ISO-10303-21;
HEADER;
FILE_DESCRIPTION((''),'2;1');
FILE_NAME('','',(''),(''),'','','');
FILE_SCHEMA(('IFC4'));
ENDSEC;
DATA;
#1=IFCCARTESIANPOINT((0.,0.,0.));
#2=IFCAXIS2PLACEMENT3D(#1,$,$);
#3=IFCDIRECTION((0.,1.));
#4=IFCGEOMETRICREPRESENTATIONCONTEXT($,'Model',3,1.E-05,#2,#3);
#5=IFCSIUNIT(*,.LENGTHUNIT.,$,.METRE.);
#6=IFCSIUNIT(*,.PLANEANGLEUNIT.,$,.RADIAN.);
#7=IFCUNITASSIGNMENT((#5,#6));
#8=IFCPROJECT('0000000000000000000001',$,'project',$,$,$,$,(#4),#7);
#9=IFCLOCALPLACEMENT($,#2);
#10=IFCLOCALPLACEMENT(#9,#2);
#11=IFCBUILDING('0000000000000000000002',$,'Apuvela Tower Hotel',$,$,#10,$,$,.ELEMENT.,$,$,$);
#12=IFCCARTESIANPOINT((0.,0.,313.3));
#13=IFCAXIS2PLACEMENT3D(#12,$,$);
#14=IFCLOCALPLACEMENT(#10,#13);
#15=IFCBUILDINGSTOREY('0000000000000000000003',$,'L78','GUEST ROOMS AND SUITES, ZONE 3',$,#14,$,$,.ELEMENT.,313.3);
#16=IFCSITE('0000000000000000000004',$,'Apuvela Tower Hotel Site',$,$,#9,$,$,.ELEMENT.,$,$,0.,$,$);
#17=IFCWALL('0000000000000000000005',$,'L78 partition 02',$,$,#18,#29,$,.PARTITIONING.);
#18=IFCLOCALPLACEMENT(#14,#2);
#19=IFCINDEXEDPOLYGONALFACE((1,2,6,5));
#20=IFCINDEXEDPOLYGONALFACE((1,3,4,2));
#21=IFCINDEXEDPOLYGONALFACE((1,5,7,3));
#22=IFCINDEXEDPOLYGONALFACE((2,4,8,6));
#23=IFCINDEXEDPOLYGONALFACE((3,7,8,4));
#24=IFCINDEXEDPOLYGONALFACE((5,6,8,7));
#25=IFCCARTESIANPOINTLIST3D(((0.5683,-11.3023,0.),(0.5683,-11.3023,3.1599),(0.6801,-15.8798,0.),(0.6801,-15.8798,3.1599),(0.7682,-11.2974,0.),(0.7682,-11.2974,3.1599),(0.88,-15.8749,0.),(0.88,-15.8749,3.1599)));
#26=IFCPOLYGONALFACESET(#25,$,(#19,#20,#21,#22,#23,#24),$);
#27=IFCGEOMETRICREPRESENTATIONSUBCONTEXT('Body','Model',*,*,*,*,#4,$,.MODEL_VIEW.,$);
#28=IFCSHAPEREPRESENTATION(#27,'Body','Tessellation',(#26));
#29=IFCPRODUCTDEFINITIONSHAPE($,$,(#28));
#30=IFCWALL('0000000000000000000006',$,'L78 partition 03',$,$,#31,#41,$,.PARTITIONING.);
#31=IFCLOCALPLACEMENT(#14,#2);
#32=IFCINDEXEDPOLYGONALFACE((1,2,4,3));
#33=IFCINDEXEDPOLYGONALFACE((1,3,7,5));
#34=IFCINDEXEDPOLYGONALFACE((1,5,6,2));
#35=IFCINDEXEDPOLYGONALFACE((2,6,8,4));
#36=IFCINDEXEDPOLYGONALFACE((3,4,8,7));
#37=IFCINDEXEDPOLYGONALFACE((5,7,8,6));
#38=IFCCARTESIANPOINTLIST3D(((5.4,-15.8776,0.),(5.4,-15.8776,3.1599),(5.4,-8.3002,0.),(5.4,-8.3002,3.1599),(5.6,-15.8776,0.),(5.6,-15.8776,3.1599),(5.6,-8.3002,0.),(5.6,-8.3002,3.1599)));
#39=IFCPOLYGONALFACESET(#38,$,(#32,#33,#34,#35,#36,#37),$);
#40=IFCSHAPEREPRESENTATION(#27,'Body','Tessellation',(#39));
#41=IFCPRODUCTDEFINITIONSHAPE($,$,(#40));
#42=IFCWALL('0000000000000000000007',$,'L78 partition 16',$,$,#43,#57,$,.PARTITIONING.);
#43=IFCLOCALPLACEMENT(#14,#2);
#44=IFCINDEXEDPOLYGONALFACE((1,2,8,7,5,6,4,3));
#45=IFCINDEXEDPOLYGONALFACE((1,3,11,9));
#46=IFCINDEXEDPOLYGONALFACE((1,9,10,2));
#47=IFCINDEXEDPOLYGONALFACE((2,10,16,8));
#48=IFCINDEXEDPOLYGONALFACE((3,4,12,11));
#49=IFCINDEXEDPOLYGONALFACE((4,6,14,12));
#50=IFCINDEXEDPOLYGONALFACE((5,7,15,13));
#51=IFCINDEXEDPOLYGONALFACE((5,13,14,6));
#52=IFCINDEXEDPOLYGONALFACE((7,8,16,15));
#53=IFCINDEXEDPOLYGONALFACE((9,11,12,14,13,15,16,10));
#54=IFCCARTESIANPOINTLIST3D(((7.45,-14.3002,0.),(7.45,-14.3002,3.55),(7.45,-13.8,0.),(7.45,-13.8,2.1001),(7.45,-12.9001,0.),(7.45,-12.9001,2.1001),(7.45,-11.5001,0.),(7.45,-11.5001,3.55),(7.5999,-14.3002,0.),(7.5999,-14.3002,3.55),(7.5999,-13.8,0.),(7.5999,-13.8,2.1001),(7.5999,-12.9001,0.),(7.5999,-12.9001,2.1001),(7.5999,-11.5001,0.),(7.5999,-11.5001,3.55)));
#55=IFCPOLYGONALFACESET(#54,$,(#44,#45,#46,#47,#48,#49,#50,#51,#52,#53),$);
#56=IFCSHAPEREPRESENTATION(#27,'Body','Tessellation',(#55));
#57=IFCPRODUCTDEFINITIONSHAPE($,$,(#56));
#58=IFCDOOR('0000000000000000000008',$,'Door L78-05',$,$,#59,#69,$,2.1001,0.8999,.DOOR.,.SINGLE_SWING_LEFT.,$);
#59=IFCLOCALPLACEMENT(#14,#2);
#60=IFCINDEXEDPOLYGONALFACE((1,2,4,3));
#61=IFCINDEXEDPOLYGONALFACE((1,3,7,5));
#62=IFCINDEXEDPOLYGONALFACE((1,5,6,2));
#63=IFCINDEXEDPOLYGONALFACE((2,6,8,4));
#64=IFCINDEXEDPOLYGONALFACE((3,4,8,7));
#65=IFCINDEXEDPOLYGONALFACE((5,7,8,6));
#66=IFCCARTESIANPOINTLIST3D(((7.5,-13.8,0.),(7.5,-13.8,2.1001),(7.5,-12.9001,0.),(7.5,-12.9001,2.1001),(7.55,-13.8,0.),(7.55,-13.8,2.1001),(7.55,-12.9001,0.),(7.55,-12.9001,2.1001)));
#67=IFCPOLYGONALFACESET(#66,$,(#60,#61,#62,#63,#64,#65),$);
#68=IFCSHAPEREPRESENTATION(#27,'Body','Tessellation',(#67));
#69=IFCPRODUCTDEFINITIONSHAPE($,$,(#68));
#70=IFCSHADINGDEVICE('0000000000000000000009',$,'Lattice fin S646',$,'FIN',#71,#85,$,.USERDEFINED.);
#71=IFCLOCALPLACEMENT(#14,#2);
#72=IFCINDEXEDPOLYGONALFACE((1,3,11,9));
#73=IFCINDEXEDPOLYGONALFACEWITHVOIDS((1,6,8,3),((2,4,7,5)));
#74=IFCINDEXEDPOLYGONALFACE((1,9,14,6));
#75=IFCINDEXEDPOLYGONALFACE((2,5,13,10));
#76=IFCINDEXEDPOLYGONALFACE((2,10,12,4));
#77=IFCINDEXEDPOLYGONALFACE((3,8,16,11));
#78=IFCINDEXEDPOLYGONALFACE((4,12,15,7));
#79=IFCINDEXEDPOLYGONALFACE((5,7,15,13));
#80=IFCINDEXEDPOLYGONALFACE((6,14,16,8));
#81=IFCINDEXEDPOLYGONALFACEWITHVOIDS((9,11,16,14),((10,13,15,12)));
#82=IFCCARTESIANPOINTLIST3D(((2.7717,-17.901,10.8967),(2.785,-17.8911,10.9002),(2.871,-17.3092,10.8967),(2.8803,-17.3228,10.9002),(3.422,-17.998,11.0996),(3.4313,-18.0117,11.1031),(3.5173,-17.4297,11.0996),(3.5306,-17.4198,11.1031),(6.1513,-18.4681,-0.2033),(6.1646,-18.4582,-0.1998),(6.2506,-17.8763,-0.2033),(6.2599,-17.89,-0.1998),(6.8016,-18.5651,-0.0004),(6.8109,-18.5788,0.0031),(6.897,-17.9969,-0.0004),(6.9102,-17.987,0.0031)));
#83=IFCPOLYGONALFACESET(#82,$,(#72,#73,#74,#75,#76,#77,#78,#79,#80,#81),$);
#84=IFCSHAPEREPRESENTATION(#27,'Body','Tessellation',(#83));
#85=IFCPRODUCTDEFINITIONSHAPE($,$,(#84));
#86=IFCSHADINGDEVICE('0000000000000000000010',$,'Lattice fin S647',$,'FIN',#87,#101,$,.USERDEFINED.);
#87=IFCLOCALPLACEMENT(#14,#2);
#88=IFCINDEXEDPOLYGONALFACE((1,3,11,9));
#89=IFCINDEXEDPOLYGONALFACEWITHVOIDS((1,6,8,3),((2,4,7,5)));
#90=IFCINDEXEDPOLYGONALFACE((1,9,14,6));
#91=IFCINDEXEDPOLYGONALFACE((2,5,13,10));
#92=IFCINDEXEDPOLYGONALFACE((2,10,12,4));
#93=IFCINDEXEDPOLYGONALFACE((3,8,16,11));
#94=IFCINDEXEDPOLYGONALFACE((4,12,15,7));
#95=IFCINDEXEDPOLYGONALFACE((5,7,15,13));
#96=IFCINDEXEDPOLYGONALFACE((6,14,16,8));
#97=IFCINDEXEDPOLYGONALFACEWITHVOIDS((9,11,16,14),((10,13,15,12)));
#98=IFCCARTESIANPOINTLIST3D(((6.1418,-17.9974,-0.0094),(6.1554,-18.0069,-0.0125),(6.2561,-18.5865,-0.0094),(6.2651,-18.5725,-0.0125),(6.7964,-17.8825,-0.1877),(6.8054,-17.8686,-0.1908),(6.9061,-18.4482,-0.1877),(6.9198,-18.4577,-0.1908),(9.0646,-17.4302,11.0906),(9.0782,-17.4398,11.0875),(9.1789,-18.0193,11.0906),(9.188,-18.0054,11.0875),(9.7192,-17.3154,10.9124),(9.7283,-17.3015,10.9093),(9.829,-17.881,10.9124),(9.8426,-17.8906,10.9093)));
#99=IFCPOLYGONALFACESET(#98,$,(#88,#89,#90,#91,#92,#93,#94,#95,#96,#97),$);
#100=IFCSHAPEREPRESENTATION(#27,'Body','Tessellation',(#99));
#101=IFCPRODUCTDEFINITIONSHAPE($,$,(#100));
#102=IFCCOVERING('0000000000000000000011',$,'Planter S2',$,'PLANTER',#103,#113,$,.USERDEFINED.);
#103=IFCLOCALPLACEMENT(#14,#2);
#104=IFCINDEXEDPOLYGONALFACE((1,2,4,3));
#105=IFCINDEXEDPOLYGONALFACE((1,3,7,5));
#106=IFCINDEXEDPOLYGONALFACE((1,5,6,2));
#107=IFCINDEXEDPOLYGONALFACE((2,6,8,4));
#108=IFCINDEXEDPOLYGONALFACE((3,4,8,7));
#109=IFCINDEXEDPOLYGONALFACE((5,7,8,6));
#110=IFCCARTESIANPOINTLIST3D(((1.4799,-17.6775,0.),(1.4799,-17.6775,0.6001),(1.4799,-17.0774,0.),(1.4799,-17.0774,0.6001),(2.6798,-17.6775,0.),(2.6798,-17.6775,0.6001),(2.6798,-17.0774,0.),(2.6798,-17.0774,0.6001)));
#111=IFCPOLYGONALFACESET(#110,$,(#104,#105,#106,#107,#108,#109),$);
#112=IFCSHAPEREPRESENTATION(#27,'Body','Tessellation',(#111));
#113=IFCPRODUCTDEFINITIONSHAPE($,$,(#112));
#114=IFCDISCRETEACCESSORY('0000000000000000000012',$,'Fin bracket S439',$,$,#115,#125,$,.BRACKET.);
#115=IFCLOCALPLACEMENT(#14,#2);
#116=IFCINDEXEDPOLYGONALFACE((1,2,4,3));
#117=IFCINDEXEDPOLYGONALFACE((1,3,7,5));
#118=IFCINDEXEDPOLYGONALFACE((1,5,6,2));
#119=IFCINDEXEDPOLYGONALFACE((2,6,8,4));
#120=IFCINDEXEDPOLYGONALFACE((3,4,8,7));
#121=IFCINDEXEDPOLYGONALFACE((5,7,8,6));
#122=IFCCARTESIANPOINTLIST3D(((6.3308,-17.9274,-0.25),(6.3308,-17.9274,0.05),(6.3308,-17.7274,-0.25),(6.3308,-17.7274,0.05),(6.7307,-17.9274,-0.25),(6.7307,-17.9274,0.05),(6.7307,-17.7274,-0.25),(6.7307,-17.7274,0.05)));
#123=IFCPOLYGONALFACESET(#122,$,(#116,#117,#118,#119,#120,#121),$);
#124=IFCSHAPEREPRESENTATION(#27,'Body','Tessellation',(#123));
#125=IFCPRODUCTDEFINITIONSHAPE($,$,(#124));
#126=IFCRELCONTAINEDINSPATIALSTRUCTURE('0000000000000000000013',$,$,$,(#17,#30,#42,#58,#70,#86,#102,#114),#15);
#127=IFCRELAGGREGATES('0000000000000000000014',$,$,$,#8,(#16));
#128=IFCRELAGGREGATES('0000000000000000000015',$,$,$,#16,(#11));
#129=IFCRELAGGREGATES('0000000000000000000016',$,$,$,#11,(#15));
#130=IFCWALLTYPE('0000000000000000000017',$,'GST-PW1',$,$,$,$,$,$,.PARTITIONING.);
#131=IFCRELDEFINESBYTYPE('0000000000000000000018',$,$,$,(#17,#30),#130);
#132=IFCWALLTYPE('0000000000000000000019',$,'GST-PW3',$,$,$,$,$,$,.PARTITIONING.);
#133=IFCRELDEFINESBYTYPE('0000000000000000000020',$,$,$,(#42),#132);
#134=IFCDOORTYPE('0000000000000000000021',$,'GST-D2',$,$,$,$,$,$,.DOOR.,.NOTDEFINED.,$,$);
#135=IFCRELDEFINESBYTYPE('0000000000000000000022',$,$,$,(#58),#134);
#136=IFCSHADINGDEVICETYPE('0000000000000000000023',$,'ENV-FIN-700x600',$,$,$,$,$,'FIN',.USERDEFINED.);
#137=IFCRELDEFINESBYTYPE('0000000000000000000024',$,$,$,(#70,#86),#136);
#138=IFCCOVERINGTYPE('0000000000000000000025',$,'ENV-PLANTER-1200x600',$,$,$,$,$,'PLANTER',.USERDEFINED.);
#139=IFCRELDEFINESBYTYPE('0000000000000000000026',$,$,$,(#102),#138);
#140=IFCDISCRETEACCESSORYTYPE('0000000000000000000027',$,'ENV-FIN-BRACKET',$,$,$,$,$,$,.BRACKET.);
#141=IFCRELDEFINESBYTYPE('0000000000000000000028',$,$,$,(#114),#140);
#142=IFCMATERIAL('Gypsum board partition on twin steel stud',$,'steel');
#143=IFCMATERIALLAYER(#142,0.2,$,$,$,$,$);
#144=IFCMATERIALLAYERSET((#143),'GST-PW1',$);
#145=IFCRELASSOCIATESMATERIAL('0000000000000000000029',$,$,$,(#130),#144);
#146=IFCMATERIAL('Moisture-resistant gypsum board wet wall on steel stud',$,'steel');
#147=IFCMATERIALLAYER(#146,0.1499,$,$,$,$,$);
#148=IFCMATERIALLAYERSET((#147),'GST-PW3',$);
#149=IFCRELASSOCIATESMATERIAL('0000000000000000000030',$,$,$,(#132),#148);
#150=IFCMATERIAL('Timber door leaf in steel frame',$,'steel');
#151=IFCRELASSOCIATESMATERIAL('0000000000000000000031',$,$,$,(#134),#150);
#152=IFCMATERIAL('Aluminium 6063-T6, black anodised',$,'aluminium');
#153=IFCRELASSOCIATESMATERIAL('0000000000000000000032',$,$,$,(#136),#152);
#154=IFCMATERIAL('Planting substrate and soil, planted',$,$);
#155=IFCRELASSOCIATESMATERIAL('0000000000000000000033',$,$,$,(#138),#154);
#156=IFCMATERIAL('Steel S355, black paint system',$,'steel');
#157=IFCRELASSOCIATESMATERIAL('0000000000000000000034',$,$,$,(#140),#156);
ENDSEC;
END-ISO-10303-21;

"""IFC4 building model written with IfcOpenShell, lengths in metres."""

from ifc_helpers import new_model, si_unit, direction, frame, frame_2d, origin, origin_2d, place, context, subcontext, project, spatial, rectangle, hollow_rectangle, extrude, material, layer, layer_set, material_profile, profile_set, type_object, element, fill, save


model = new_model("IFC4")

# Units and contexts
model_context = context("Model", 3, precision=1e-05, world=origin(), true_north=direction((0.0, 1.0)))
body_context = subcontext(model_context, "Body", "Model", "MODEL_VIEW")
ifc_project = project(units=[si_unit("LENGTHUNIT", "METRE"), si_unit("PLANEANGLEUNIT", "RADIAN")], contexts=[model_context])

# Site, building, storey
site_placement = place(None, origin())
site = spatial("IfcSite", under=ifc_project, at=site_placement, Name="Apuvela Tower Hotel Site", CompositionType="ELEMENT", RefElevation=0.0)
building_placement = place(site_placement, origin())
building = spatial("IfcBuilding", under=site, at=building_placement, Name="Apuvela Tower Hotel", CompositionType="ELEMENT")
storey_placement = place(building_placement, frame((0.0, 0.0, 313.3)))
storey = spatial("IfcBuildingStorey", under=building, at=storey_placement, Name="L78", Description="GUEST ROOMS AND SUITES, ZONE 3", CompositionType="ELEMENT", Elevation=313.3)

# Walls
ifc_material_1 = material(Name="Gypsum board partition on twin steel stud", Category="steel")
ifc_layer_1 = layer(ifc_material_1, 0.2)
ifc_layer_set_1 = layer_set([ifc_layer_1], Name="GST-PW1")
wall_type_1 = type_object("IfcWallType", Name="GST-PW1", PredefinedType="PARTITIONING", material=ifc_layer_set_1)
wall_1_placement = place(storey_placement, frame((0.78, -15.8774, 0.0), z_axis=(0.0, 0.0, 1.0), x_axis=(-0.024421, 0.999702, 0.0)))
element("IfcWall", 1, at=wall_1_placement, inside=storey, type_object=wall_type_1, Name="L78 partition 02", PredefinedType="PARTITIONING", context=body_context, shape_type="SweptSolid", body=[
    extrude(rectangle(XDim=4.5789, YDim=0.2, at=frame_2d((2.2896, 0.0))), origin(), (0.0, 0.0, 1.0), 3.1599),
])
wall_2_placement = place(storey_placement, frame((5.5, -15.8774, 0.0), z_axis=(0.0, 0.0, 1.0), x_axis=(0.0, 1.0, 0.0)))
element("IfcWall", 2, at=wall_2_placement, inside=storey, type_object=wall_type_1, Name="L78 partition 03", PredefinedType="PARTITIONING", context=body_context, shape_type="SweptSolid", body=[
    extrude(rectangle(XDim=7.5774, YDim=0.2, at=frame_2d((3.7886, 0.0))), origin(), (0.0, 0.0, 1.0), 3.1599),
])

# Wall, opening, door
ifc_material_2 = material(Name="Moisture-resistant gypsum board wet wall on steel stud", Category="steel")
ifc_layer_2 = layer(ifc_material_2, 0.1499)
ifc_layer_set_2 = layer_set([ifc_layer_2], Name="GST-PW3")
wall_type_2 = type_object("IfcWallType", Name="GST-PW3", PredefinedType="PARTITIONING", material=ifc_layer_set_2)
wall_3_placement = place(storey_placement, frame((7.5249, -14.3, 0.0), z_axis=(0.0, 0.0, 1.0), x_axis=(0.0, 1.0, 0.0)))
wall_3 = element("IfcWall", 3, at=wall_3_placement, inside=storey, type_object=wall_type_2, Name="L78 partition 16", PredefinedType="PARTITIONING", context=body_context, shape_type="SweptSolid", body=[
    extrude(rectangle(XDim=2.8, YDim=0.1499, at=frame_2d((1.3999, 0.0))), origin(), (0.0, 0.0, 1.0), 3.55),
])
opening_1_placement = place(wall_3_placement, frame((0.5, 0.0, 0.0)))
opening_1 = element("IfcOpeningElement", 4, at=opening_1_placement, cuts=wall_3, PredefinedType="OPENING", context=body_context, shape_type="SweptSolid", body=[
    extrude(rectangle(XDim=0.8999, YDim=2.1001, at=frame_2d((0.45, 1.05))), frame((0.0, 0.085, 0.0), z_axis=(0.0, -1.0, 0.0), x_axis=(1.0, 0.0, 0.0)), (0.0, 0.0, 1.0), 0.1699),
])
ifc_material_3 = material(Name="Timber door leaf in steel frame", Category="steel")
door_type_1 = type_object("IfcDoorType", Name="GST-D2", OperationType="NOTDEFINED", PredefinedType="DOOR", material=ifc_material_3)
door_1_placement = place(opening_1_placement, origin())
door_1 = element("IfcDoor", 5, at=door_1_placement, inside=storey, type_object=door_type_1, Name="Door L78-05", OperationType="SINGLE_SWING_LEFT", OverallHeight=2.1001, OverallWidth=0.8999, PredefinedType="DOOR", context=body_context, shape_type="SweptSolid", body=[
    extrude(rectangle(XDim=0.8999, YDim=2.1001, at=frame_2d((0.45, 1.05))), frame((0.0, 0.0249, 0.0), z_axis=(0.0, -1.0, 0.0), x_axis=(1.0, 0.0, 0.0)), (0.0, 0.0, 1.0), 0.05),
])
fill(opening_1, door_1)

# Shading devices
ifc_material_4 = material(Name="Aluminium 6063-T6, black anodised", Category="aluminium")
ifc_material_profile_1 = material_profile(ifc_material_4, hollow_rectangle(XDim=0.6001, YDim=0.7, WallThickness=0.012, at=origin_2d()), Name="AL BOX 700x600x12")
ifc_profile_set_1 = profile_set([ifc_material_profile_1], Name="Aluminium 6063-T6, black anodised")
shading_device_type = type_object("IfcShadingDeviceType", Name="ENV-FIN-700x600", ElementType="FIN", PredefinedType="USERDEFINED", material=ifc_profile_set_1)
shading_device_1_placement = place(storey_placement, frame((6.5308, -18.2275, -0.1001), z_axis=(-0.290921, 0.04882, 0.955501), x_axis=(-0.165496, -0.98621, 0.0)))
element("IfcShadingDevice", 6, at=shading_device_1_placement, inside=storey, type_object=shading_device_type, Name="Lattice fin S646", ObjectType="FIN", PredefinedType="USERDEFINED", context=body_context, shape_type="SweptSolid", body=[
    extrude(hollow_rectangle(XDim=0.6001, YDim=0.7, WallThickness=0.012, at=origin_2d()), origin(), (0.0, 0.0, 1.0), 11.6169),
])
shading_device_2_placement = place(storey_placement, frame((6.5308, -18.2275, -0.1001), z_axis=(0.254328, 0.049349, 0.965858), x_axis=(-0.190483, 0.98169, 0.0)))
element("IfcShadingDevice", 7, at=shading_device_2_placement, inside=storey, type_object=shading_device_type, Name="Lattice fin S647", ObjectType="FIN", PredefinedType="USERDEFINED", context=body_context, shape_type="SweptSolid", body=[
    extrude(hollow_rectangle(XDim=0.6001, YDim=0.7, WallThickness=0.012, at=origin_2d()), origin(), (0.0, 0.0, 1.0), 11.4924),
])

# Covering
ifc_material_5 = material(Name="Planting substrate and soil, planted")
covering_type = type_object("IfcCoveringType", Name="ENV-PLANTER-1200x600", ElementType="PLANTER", PredefinedType="USERDEFINED", material=ifc_material_5)
covering_placement = place(storey_placement, frame((2.0798, -17.3774, 0.0), z_axis=(0.0, 0.0, 1.0), x_axis=(1.0, 0.0, 0.0)))
element("IfcCovering", 8, at=covering_placement, inside=storey, type_object=covering_type, Name="Planter S2", ObjectType="PLANTER", PredefinedType="USERDEFINED", context=body_context, shape_type="SweptSolid", body=[
    extrude(rectangle(XDim=1.2, YDim=0.6001, at=origin_2d()), origin(), (0.0, 0.0, 1.0), 0.6001),
])

# Discrete accessory
ifc_material_6 = material(Name="Steel S355, black paint system", Category="steel")
discrete_accessory_type = type_object("IfcDiscreteAccessoryType", Name="ENV-FIN-BRACKET", PredefinedType="BRACKET", material=ifc_material_6)
discrete_accessory_placement = place(storey_placement, frame((6.5308, -17.8274, -0.25), z_axis=(0.0, 0.0, 1.0), x_axis=(1.0, 0.0, 0.0)))
element("IfcDiscreteAccessory", 9, at=discrete_accessory_placement, inside=storey, type_object=discrete_accessory_type, Name="Fin bracket S439", PredefinedType="BRACKET", context=body_context, shape_type="SweptSolid", body=[
    extrude(rectangle(XDim=0.3999, YDim=0.2, at=origin_2d()), origin(), (0.0, 0.0, 1.0), 0.3),
])

save(model, "model.ifc")
